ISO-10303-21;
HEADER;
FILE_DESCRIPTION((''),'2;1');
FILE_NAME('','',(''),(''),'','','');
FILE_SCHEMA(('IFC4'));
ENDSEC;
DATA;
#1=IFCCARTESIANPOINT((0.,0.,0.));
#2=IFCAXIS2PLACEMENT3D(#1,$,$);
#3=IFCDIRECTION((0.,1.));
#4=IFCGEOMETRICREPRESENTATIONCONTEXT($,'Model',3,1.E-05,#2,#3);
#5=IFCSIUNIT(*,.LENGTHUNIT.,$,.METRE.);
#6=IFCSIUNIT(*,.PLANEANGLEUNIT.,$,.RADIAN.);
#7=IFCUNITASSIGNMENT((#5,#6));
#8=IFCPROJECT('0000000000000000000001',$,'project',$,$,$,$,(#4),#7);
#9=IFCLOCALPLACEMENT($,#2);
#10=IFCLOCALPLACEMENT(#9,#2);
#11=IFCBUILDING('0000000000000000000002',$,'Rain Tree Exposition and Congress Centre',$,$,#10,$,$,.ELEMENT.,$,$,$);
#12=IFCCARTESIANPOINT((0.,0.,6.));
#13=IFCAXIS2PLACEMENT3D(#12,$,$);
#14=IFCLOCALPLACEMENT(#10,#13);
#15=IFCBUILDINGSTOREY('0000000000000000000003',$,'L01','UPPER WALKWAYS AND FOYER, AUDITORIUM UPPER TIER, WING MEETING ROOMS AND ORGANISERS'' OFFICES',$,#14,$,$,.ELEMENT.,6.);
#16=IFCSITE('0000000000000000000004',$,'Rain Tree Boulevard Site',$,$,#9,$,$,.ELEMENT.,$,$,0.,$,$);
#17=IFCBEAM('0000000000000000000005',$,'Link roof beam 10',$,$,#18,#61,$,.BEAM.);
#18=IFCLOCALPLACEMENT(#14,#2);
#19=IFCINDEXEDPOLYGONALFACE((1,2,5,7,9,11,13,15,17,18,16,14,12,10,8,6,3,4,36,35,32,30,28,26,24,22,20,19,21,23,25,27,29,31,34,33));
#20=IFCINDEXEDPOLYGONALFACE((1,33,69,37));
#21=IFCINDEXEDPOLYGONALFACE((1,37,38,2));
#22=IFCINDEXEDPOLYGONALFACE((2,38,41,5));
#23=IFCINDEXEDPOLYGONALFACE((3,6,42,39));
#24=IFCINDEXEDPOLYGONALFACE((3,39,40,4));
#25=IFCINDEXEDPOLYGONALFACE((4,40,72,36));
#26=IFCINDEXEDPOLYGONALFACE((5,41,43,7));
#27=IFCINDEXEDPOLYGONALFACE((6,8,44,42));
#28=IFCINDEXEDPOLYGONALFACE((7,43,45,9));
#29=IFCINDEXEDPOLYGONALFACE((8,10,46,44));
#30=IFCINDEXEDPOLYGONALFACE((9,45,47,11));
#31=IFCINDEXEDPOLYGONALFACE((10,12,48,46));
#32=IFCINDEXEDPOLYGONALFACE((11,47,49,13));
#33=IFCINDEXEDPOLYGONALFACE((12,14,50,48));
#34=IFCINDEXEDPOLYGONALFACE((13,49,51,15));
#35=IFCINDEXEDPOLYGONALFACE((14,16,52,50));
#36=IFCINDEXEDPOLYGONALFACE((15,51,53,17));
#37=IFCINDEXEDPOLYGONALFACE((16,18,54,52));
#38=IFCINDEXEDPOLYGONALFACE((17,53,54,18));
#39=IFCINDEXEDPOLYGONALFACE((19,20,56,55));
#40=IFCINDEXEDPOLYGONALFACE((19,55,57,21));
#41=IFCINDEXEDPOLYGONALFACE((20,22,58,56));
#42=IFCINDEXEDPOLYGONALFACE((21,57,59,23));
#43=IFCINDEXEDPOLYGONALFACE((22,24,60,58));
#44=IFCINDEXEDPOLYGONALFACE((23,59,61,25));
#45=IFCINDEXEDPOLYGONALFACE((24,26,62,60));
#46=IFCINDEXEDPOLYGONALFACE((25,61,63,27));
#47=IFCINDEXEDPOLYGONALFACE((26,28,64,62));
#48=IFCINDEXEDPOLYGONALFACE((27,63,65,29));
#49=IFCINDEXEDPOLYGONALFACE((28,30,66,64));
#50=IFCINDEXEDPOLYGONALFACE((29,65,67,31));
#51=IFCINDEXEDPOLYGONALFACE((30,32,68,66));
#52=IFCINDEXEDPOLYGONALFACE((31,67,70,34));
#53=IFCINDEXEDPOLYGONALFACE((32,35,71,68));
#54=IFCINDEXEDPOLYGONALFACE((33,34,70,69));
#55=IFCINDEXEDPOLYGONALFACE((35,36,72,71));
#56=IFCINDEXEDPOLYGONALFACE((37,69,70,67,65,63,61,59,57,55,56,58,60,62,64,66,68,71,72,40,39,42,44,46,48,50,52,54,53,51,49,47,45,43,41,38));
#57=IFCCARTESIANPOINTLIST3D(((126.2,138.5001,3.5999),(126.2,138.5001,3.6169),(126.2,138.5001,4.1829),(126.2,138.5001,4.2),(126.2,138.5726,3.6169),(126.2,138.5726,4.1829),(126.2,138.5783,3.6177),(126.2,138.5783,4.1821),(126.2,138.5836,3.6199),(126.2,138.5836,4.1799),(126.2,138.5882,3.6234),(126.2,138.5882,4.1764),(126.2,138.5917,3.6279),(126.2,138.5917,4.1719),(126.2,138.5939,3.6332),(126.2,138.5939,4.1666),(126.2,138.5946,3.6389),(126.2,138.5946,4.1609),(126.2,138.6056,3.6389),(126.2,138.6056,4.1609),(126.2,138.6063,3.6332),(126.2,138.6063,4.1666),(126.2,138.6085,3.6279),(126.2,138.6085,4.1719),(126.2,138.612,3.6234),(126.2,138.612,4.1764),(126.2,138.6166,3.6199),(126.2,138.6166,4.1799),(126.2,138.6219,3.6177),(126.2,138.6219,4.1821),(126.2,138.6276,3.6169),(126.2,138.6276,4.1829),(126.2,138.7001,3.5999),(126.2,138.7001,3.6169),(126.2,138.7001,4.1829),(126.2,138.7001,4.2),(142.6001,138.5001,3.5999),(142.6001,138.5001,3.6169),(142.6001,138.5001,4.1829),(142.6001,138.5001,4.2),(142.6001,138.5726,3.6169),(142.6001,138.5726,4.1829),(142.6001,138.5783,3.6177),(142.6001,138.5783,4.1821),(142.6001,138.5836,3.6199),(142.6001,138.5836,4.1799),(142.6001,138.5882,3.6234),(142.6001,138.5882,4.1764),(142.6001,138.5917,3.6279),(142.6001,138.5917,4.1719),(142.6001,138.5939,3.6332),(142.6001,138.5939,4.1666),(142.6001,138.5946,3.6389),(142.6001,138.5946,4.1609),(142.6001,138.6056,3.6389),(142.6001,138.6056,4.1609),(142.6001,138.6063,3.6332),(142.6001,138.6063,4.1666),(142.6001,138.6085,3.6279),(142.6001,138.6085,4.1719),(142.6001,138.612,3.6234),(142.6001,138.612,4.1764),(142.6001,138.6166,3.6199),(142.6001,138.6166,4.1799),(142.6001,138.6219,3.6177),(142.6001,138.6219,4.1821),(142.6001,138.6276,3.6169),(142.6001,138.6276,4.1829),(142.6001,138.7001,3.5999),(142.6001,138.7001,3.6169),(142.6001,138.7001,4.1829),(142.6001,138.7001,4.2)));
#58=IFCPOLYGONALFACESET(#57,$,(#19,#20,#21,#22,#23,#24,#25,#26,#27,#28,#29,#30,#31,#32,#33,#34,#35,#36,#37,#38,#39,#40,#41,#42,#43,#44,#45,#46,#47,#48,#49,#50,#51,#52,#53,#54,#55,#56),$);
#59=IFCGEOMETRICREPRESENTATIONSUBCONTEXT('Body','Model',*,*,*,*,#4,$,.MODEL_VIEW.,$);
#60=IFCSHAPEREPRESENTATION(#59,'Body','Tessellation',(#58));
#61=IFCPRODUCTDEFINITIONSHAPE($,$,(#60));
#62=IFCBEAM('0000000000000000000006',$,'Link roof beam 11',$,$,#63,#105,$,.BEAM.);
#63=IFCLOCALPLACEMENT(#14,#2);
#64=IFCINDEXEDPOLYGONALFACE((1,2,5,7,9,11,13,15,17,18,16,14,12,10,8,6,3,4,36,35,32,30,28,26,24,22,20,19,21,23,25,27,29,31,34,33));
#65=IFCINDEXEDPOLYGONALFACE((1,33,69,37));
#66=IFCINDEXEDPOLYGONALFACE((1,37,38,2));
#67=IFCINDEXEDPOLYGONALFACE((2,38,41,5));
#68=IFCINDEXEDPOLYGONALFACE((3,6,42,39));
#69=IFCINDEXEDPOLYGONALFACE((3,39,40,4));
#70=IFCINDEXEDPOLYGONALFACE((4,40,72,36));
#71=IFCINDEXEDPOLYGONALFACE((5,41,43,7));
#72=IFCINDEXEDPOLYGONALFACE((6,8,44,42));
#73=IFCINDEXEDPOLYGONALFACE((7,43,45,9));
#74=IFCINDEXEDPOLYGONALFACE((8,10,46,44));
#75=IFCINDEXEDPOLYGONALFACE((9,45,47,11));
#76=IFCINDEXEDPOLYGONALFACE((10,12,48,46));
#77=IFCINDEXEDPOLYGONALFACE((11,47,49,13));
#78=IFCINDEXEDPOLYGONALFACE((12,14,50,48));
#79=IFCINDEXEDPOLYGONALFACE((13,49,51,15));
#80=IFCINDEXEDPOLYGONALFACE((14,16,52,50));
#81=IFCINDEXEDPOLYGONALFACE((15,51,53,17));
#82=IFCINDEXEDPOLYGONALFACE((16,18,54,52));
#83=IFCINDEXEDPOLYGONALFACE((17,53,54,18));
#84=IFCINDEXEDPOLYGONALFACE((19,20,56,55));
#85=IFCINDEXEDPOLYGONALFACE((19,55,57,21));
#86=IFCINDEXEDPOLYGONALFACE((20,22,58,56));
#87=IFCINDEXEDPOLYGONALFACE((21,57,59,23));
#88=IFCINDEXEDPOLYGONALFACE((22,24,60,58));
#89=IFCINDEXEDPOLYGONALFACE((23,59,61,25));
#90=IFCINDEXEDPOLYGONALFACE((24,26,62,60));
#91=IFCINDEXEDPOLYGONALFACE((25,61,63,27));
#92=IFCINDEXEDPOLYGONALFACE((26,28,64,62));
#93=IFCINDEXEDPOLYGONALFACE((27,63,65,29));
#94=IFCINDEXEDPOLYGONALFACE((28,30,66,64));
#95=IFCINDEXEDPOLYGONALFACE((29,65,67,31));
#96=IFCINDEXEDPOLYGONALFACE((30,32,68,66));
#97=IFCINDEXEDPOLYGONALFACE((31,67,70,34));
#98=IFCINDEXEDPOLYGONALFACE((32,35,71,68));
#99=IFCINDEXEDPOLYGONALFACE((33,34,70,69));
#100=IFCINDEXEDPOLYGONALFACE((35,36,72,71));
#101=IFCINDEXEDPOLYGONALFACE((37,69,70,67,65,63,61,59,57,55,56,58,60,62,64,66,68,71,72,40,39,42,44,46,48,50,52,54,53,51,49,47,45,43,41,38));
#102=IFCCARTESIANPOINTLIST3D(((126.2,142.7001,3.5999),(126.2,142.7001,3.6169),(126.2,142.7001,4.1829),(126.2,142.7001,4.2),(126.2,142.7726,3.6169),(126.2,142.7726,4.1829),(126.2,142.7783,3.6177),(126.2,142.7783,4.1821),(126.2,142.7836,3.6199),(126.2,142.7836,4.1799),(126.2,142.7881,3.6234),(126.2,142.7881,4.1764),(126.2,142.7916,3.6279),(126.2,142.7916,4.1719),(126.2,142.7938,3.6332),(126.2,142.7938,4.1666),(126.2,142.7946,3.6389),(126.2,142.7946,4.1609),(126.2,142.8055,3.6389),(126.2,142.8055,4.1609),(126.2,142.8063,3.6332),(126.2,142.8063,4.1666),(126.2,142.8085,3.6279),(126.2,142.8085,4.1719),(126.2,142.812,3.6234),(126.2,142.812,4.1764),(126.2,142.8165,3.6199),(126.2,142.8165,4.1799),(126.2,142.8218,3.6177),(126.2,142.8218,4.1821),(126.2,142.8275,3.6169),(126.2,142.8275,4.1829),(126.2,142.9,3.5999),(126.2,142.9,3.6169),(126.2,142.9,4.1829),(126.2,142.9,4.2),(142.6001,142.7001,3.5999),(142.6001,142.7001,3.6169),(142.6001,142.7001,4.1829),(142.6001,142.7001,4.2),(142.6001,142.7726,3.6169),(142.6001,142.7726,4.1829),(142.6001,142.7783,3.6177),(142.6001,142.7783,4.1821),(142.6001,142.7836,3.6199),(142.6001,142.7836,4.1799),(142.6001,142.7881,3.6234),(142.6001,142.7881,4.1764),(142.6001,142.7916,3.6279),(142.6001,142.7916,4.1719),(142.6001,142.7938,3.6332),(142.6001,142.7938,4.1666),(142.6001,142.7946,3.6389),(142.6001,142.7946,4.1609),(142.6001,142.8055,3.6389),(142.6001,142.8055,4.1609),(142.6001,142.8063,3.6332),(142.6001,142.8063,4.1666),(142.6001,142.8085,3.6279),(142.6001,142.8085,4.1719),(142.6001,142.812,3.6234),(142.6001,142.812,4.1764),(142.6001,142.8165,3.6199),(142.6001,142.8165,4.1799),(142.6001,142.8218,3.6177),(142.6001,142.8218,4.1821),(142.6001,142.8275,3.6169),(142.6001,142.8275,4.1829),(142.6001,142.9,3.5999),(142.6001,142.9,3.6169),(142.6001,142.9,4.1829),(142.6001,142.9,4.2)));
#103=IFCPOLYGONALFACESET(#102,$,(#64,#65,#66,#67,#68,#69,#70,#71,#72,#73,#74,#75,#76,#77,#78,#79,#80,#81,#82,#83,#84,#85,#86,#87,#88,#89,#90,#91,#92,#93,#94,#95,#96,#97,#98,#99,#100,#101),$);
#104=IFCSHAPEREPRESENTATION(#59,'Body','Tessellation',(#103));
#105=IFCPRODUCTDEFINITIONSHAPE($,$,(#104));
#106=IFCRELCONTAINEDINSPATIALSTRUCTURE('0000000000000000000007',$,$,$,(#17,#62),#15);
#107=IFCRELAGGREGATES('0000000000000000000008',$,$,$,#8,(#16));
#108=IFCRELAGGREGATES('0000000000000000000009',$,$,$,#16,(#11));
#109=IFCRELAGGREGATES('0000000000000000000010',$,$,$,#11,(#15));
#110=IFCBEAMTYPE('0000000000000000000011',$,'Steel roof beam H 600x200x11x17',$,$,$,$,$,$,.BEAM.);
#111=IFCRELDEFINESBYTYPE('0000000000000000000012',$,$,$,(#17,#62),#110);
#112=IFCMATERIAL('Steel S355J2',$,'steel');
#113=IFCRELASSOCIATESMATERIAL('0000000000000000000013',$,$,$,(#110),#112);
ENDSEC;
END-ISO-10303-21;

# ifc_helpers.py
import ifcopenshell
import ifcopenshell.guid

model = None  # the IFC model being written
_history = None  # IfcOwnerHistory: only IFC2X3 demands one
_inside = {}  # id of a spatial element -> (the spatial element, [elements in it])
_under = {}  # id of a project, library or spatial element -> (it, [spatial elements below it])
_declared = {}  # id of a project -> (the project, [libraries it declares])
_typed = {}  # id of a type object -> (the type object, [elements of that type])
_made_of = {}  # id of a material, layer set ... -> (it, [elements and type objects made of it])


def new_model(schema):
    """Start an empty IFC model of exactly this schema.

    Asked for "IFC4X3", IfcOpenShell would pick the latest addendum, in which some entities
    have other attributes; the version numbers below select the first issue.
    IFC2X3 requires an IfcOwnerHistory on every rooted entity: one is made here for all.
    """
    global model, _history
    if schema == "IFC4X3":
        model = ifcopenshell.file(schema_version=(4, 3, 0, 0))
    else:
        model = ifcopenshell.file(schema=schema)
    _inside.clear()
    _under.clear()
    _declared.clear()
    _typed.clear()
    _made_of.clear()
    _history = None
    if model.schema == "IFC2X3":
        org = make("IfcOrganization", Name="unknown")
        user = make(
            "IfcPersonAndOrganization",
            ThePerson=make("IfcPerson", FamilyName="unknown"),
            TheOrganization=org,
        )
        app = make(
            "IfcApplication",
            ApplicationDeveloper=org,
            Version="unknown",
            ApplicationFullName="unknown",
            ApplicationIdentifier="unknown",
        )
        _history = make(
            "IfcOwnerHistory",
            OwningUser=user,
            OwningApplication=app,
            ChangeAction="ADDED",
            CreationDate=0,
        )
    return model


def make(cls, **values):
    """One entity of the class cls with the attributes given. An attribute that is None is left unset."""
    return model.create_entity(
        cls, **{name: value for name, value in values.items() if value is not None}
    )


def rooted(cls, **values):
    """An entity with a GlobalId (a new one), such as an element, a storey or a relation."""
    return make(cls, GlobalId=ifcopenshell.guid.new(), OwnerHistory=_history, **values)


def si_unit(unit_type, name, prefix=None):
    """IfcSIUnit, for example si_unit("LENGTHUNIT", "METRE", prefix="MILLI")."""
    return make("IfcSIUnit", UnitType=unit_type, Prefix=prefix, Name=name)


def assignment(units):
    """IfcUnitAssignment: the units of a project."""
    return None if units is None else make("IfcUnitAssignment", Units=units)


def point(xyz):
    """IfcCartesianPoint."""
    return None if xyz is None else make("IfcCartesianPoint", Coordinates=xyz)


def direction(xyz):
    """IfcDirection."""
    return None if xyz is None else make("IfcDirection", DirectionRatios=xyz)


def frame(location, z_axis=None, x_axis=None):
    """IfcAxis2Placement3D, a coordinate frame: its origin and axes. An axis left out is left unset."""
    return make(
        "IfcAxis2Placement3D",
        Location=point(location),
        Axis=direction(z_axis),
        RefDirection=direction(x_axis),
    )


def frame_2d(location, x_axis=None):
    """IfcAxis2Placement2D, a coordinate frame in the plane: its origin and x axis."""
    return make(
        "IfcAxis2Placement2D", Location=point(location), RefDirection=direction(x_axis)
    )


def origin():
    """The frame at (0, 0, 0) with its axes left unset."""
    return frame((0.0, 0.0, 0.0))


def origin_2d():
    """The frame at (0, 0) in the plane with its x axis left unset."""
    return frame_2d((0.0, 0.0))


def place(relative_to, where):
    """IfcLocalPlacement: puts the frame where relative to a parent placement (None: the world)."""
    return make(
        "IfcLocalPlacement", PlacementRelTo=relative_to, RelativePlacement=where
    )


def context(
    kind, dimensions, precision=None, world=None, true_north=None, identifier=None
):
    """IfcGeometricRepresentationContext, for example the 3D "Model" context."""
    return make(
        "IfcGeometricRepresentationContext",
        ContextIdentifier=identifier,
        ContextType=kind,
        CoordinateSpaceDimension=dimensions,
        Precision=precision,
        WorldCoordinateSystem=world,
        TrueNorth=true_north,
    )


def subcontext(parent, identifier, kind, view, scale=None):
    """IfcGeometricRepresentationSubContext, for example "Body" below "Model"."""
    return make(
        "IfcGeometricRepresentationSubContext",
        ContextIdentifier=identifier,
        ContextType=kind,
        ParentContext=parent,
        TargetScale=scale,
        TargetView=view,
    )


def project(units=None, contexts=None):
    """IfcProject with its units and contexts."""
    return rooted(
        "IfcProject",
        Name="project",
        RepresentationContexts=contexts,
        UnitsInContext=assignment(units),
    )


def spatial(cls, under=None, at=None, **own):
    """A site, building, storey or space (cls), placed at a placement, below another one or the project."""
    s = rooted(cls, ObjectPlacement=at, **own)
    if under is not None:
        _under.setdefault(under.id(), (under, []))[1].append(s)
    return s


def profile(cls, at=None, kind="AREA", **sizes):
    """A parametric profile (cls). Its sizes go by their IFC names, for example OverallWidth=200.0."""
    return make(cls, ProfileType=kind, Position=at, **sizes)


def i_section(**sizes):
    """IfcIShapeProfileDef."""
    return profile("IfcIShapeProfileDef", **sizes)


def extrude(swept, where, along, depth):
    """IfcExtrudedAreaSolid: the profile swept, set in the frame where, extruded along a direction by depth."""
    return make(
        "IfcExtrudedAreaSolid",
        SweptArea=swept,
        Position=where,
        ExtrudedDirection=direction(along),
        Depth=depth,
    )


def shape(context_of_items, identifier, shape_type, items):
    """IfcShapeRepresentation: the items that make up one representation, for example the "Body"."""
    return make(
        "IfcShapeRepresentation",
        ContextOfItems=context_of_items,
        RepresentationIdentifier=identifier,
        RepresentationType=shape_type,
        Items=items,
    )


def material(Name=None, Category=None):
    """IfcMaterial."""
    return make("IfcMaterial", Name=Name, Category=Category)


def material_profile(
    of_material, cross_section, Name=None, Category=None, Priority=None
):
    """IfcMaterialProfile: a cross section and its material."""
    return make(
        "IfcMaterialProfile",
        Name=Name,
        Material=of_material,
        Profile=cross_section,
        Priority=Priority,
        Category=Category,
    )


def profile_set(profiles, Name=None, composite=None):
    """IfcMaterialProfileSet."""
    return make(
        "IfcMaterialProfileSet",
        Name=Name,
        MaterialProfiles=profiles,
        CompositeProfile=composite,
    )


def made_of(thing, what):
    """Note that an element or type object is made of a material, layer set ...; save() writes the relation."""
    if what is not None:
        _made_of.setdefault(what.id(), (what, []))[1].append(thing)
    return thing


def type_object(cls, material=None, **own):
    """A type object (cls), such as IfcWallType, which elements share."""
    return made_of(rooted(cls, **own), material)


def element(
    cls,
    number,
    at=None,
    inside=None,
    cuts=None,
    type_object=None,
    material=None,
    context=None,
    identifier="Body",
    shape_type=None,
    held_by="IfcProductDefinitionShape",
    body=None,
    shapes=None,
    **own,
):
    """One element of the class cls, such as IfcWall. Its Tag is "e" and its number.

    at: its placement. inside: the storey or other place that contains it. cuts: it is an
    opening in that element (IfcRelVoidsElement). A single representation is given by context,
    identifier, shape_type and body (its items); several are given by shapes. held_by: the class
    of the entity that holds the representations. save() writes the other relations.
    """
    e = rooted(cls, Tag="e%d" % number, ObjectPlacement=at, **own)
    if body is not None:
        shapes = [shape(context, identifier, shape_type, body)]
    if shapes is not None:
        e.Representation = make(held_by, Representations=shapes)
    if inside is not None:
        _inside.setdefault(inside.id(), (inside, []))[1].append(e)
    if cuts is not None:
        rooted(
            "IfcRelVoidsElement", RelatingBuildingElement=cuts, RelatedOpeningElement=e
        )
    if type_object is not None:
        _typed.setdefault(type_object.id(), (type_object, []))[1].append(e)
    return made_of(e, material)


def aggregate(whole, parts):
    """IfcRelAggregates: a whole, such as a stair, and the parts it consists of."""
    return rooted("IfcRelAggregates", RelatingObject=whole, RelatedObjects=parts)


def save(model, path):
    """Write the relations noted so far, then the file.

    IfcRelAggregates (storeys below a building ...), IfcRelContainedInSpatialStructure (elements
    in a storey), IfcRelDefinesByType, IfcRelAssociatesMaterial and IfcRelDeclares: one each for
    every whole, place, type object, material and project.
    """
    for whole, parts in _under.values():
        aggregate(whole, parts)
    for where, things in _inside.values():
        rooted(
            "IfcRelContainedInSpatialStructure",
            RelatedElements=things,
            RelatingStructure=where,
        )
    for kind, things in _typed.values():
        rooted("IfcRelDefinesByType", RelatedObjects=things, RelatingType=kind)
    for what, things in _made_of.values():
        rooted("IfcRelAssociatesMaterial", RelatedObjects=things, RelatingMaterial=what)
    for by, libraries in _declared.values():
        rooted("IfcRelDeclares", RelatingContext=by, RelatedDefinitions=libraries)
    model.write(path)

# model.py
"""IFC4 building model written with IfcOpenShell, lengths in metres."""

from ifc_helpers import new_model, si_unit, direction, frame, origin, origin_2d, place, context, subcontext, project, spatial, i_section, extrude, material, material_profile, profile_set, type_object, element, save


model = new_model("IFC4")

# Units and contexts
model_context = context("Model", 3, precision=1e-05, world=origin(), true_north=direction((0.0, 1.0)))
body_context = subcontext(model_context, "Body", "Model", "MODEL_VIEW")
ifc_project = project(units=[si_unit("LENGTHUNIT", "METRE"), si_unit("PLANEANGLEUNIT", "RADIAN")], contexts=[model_context])

# Site, building, storey
site_placement = place(None, origin())
site = spatial("IfcSite", under=ifc_project, at=site_placement, Name="Rain Tree Boulevard Site", CompositionType="ELEMENT", RefElevation=0.0)
building_placement = place(site_placement, origin())
building = spatial("IfcBuilding", under=site, at=building_placement, Name="Rain Tree Exposition and Congress Centre", CompositionType="ELEMENT")
storey_placement = place(building_placement, frame((0.0, 0.0, 6.0)))
storey = spatial("IfcBuildingStorey", under=building, at=storey_placement, Name="L01", Description="UPPER WALKWAYS AND FOYER, AUDITORIUM UPPER TIER, WING MEETING ROOMS AND ORGANISERS' OFFICES", CompositionType="ELEMENT", Elevation=6.0)

# Beams
ifc_material_1 = material(Name="Steel S355J2", Category="steel")
ifc_material_profile_1 = material_profile(ifc_material_1, i_section(OverallWidth=0.2, OverallDepth=0.6001, WebThickness=0.011, FlangeThickness=0.0171, FilletRadius=0.022, at=origin_2d()), Name="H 600x200x11x17")
ifc_profile_set_1 = profile_set([ifc_material_profile_1], Name="Steel S355J2")
beam_type = type_object("IfcBeamType", Name="Steel roof beam H 600x200x11x17", PredefinedType="BEAM", material=ifc_profile_set_1)
for number, where, z_axis, x_axis, name in (
    (1, (126.2, 138.6001, 3.8999), (1.0, 0.0, 0.0), (0.0, 1.0, 0.0), "Link roof beam 10"),
    (2, (126.2, 142.8, 3.8999), (1.0, 0.0, 0.0), (0.0, 1.0, 0.0), "Link roof beam 11"),
):
    element("IfcBeam", number, at=place(storey_placement, frame(where, z_axis=z_axis, x_axis=x_axis)), inside=storey, type_object=beam_type, Name=name, PredefinedType="BEAM", context=body_context, shape_type="SweptSolid", body=[
        extrude(i_section(OverallWidth=0.2, OverallDepth=0.6001, WebThickness=0.011, FlangeThickness=0.0171, FilletRadius=0.022, at=origin_2d()), origin(), (0.0, 0.0, 1.0), 16.4001),
    ])

save(model, "model.ifc")
